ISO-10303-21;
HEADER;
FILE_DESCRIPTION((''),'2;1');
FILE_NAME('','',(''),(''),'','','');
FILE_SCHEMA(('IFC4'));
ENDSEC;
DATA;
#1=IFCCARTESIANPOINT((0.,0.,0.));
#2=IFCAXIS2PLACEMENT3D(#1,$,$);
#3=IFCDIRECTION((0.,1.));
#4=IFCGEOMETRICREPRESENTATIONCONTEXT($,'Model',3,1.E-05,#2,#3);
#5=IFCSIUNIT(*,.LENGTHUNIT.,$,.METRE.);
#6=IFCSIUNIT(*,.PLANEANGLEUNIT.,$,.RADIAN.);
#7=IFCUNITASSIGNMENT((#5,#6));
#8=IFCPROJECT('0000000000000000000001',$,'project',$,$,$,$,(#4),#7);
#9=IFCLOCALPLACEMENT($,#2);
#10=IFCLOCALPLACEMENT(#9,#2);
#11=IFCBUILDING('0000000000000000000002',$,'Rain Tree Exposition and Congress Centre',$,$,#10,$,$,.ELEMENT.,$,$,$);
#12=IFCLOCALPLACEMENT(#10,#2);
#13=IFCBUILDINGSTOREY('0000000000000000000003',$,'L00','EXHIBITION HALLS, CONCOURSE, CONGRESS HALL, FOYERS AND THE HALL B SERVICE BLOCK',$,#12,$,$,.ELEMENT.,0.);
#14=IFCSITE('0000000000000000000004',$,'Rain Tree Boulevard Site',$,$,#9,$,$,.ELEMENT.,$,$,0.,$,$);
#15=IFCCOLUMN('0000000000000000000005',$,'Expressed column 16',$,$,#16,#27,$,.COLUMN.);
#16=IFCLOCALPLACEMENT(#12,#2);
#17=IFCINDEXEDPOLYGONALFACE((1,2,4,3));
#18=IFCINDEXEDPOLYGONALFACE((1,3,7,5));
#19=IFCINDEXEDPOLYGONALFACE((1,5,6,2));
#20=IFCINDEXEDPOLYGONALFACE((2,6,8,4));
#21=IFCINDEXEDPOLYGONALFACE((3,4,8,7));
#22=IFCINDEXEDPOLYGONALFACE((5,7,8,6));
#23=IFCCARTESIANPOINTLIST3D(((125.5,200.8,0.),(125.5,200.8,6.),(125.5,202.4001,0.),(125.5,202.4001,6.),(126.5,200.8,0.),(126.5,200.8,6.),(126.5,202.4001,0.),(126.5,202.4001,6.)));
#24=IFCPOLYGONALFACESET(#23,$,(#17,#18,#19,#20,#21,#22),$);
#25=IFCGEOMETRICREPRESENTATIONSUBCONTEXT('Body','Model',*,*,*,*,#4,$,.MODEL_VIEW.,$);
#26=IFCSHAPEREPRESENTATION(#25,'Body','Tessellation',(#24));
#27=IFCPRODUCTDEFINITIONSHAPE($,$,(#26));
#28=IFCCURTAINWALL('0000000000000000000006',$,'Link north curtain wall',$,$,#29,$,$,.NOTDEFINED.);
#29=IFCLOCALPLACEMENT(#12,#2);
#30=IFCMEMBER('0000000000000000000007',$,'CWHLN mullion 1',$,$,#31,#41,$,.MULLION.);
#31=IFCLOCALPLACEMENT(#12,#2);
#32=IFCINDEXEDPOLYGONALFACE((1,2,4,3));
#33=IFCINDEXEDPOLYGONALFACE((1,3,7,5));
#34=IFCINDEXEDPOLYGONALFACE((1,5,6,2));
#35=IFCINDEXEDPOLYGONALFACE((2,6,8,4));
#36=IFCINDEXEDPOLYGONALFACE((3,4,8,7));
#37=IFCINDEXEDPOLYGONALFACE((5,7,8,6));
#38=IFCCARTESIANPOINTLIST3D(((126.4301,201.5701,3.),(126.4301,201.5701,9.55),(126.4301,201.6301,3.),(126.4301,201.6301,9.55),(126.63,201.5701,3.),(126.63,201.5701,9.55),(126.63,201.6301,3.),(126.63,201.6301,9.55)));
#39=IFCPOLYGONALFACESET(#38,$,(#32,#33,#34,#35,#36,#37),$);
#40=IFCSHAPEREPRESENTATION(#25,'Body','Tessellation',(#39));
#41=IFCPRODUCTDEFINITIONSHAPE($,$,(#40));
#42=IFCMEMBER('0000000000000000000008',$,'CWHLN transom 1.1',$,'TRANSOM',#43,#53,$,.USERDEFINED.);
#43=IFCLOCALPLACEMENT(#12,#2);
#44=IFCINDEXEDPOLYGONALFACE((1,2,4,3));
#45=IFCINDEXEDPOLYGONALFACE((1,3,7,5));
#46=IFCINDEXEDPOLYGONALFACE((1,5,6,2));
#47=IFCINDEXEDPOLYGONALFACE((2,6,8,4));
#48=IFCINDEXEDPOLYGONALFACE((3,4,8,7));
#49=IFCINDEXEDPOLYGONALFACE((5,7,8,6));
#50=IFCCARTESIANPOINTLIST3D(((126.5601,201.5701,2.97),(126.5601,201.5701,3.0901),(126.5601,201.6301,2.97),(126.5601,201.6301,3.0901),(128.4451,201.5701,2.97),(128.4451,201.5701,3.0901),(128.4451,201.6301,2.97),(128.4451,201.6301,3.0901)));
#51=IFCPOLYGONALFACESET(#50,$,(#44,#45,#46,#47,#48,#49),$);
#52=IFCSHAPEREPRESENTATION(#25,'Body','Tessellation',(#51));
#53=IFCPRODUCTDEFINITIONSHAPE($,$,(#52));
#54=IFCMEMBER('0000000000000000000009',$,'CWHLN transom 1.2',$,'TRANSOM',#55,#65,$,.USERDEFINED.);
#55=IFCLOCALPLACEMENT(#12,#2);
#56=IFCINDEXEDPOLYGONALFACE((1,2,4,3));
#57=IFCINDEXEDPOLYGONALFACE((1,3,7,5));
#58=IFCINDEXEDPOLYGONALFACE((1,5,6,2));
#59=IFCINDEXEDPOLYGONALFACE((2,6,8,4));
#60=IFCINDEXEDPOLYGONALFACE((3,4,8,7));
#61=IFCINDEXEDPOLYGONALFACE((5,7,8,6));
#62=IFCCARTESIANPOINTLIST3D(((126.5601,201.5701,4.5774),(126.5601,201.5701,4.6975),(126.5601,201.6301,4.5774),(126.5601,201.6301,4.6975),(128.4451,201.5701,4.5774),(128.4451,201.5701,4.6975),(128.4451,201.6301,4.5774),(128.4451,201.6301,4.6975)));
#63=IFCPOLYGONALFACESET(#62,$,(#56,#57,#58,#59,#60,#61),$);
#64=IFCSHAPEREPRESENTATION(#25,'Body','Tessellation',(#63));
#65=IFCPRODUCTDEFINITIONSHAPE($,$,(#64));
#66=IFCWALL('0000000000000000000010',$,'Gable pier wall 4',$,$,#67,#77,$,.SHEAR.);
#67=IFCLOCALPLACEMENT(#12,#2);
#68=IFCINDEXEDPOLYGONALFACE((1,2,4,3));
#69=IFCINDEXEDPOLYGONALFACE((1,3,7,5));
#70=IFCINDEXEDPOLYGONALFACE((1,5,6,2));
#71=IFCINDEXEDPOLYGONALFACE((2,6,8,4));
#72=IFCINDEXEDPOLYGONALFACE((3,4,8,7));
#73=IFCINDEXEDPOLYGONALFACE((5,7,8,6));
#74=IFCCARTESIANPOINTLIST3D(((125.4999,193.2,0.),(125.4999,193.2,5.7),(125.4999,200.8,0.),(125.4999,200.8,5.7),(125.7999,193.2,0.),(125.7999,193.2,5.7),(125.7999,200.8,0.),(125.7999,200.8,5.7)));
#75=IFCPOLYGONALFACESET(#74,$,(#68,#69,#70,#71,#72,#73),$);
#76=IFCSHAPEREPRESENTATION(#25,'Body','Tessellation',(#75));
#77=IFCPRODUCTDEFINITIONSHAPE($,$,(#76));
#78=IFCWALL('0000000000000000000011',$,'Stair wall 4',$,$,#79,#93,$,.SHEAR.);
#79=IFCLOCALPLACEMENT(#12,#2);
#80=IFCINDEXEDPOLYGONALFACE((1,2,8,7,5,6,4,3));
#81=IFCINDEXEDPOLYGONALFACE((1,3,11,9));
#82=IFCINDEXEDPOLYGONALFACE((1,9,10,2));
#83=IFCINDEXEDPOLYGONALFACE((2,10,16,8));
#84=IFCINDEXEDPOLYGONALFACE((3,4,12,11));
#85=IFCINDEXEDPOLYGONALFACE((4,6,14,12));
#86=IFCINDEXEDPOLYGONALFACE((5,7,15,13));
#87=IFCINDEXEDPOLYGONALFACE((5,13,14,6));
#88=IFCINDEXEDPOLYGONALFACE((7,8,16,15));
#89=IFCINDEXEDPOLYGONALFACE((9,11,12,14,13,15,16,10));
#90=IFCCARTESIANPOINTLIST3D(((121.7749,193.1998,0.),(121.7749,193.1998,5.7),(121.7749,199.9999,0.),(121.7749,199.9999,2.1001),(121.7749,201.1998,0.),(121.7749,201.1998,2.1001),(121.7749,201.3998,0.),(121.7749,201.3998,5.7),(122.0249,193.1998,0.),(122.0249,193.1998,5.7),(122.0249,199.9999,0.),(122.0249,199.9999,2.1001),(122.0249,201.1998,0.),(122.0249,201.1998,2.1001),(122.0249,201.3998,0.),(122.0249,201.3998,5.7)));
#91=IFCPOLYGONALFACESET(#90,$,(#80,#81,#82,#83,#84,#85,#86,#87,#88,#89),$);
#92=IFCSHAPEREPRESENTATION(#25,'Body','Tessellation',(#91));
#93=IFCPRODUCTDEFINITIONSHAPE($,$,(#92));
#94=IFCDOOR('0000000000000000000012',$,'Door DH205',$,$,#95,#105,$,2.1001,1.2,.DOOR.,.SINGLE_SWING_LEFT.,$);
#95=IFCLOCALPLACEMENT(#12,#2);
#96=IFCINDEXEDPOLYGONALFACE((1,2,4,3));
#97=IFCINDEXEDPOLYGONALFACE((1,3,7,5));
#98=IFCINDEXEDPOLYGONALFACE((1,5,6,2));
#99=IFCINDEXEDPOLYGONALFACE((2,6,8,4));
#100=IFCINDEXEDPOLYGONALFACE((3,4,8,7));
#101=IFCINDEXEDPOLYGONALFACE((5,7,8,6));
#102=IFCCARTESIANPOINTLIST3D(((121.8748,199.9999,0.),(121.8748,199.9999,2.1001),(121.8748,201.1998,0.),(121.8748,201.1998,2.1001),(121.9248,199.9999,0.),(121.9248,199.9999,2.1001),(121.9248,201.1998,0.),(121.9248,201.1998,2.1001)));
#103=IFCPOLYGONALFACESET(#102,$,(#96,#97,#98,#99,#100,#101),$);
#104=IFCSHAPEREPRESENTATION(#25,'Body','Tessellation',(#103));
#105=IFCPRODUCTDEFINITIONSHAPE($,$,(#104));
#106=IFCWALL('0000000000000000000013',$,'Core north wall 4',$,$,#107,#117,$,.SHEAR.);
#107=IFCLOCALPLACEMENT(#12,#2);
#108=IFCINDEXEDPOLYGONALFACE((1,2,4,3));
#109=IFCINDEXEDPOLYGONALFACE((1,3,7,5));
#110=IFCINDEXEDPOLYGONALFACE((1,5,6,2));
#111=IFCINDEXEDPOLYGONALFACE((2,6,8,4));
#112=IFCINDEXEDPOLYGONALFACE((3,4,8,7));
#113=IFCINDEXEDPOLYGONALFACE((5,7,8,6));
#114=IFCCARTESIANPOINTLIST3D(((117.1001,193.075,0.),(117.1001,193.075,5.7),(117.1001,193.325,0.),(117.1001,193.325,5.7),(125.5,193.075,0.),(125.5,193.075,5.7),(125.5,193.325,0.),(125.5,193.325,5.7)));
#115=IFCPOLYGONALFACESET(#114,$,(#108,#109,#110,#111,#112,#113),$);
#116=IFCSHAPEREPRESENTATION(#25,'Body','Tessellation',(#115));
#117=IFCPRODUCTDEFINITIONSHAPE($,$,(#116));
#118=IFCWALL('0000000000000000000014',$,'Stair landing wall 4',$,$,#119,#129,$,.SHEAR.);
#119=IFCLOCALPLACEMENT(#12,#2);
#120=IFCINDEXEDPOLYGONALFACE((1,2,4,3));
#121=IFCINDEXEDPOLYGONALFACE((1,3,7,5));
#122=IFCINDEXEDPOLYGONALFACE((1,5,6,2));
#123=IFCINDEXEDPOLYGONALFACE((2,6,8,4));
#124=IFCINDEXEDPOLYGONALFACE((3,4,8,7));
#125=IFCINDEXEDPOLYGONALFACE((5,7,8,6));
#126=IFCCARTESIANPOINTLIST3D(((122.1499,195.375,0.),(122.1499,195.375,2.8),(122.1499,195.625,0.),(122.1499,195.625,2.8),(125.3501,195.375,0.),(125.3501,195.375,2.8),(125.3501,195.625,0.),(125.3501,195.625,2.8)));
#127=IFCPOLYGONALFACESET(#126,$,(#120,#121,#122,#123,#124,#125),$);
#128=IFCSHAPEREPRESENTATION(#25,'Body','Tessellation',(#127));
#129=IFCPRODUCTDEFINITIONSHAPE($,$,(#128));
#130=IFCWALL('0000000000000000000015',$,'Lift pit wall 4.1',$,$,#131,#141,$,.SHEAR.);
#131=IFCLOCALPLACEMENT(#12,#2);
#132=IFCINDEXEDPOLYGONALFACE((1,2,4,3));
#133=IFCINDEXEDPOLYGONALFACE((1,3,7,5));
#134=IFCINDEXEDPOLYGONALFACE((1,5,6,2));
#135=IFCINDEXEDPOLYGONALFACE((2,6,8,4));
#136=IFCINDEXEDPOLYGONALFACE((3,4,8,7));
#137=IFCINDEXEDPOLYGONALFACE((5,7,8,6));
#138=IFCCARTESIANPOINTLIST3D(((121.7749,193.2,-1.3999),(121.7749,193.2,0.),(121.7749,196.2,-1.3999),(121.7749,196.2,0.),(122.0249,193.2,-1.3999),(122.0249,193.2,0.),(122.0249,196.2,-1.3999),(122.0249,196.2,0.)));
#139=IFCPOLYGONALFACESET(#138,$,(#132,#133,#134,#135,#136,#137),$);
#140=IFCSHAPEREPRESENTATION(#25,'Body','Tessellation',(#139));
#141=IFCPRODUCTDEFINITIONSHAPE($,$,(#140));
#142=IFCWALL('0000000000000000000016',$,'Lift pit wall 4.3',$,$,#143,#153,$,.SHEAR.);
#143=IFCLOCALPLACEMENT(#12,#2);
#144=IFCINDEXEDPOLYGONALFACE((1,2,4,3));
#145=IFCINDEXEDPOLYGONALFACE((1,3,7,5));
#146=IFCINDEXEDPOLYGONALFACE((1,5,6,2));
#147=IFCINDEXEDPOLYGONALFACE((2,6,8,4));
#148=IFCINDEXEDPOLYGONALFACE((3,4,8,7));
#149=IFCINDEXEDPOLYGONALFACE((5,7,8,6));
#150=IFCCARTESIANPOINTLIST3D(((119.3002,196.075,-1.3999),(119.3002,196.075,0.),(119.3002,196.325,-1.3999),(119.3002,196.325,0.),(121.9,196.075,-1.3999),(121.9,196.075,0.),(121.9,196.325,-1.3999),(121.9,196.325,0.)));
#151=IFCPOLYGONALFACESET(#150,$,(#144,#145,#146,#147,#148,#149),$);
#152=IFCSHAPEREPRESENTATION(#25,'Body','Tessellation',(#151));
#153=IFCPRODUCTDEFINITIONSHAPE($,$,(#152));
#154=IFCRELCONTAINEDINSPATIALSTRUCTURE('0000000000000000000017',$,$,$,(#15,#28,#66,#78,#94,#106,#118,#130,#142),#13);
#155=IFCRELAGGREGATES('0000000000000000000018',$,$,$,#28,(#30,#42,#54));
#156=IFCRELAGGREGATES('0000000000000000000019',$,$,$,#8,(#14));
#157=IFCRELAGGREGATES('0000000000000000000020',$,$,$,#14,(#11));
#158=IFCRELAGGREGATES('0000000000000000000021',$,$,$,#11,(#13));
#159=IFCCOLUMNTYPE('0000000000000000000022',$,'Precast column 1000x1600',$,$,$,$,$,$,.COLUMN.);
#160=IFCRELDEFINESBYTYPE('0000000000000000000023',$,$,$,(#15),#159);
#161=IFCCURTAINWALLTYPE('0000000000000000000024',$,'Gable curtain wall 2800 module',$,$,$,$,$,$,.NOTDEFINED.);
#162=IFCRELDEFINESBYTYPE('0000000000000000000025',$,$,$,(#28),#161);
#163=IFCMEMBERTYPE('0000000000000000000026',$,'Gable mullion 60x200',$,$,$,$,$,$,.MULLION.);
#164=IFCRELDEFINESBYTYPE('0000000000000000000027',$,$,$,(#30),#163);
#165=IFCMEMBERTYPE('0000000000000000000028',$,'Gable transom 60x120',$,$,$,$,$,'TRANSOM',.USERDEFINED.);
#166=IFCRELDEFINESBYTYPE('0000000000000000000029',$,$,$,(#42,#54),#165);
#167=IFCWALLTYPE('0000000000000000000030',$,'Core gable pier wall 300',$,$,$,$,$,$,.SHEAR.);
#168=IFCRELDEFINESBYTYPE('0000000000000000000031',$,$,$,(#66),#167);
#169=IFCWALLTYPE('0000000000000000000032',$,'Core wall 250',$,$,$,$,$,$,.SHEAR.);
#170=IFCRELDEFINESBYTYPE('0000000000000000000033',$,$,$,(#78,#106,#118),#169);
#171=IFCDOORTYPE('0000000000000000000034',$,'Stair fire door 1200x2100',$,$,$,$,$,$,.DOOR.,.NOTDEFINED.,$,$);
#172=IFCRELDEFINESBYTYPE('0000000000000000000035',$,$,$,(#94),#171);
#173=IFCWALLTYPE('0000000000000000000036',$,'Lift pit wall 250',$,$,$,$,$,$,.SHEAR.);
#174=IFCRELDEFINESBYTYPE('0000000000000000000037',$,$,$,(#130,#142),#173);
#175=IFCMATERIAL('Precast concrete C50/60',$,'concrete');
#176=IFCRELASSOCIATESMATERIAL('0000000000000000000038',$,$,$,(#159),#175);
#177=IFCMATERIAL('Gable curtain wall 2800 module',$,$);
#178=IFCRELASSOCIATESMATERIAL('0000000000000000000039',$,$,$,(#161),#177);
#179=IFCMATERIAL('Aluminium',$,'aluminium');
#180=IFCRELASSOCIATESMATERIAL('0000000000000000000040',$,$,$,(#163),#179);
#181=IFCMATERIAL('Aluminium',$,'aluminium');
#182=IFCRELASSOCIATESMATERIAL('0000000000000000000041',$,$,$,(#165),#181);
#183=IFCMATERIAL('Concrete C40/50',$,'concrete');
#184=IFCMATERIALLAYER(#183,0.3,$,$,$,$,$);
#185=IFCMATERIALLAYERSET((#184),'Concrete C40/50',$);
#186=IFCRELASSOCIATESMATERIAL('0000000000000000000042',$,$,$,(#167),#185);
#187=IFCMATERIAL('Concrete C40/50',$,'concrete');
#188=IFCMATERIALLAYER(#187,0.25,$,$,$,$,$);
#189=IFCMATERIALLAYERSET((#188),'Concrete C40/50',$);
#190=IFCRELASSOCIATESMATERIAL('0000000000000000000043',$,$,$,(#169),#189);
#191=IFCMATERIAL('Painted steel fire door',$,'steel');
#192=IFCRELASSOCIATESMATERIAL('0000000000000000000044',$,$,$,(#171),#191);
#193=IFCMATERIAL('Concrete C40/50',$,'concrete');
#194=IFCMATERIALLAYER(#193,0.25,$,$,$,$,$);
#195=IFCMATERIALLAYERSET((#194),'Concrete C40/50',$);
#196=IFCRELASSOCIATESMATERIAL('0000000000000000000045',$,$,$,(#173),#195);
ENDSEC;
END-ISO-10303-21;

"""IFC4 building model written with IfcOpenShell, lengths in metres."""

from ifc_helpers import new_model, si_unit, direction, frame, frame_2d, origin, origin_2d, place, context, subcontext, project, spatial, rectangle, extrude, material, layer, layer_set, material_profile, profile_set, type_object, element, fill, aggregate, save


model = new_model("IFC4")

# Units and contexts
model_context = context("Model", 3, precision=1e-05, world=origin(), true_north=direction((0.0, 1.0)))
body_context = subcontext(model_context, "Body", "Model", "MODEL_VIEW")
ifc_project = project(units=[si_unit("LENGTHUNIT", "METRE"), si_unit("PLANEANGLEUNIT", "RADIAN")], contexts=[model_context])

# Site, building, storey
site_placement = place(None, origin())
site = spatial("IfcSite", under=ifc_project, at=site_placement, Name="Rain Tree Boulevard Site", CompositionType="ELEMENT", RefElevation=0.0)
building_placement = place(site_placement, origin())
building = spatial("IfcBuilding", under=site, at=building_placement, Name="Rain Tree Exposition and Congress Centre", CompositionType="ELEMENT")
storey_placement = place(building_placement, origin())
storey = spatial("IfcBuildingStorey", under=building, at=storey_placement, Name="L00", Description="EXHIBITION HALLS, CONCOURSE, CONGRESS HALL, FOYERS AND THE HALL B SERVICE BLOCK", CompositionType="ELEMENT", Elevation=0.0)

# Column
ifc_material_1 = material(Name="Precast concrete C50/60", Category="concrete")
ifc_material_profile_1 = material_profile(ifc_material_1, rectangle(XDim=1.0, YDim=1.6001, at=origin_2d()), Name="RC 1000x1600")
ifc_profile_set_1 = profile_set([ifc_material_profile_1], Name="Precast concrete C50/60")
column_type = type_object("IfcColumnType", Name="Precast column 1000x1600", PredefinedType="COLUMN", material=ifc_profile_set_1)
column_placement = place(storey_placement, frame((126.0, 201.6001, 0.0), z_axis=(0.0, 0.0, 1.0), x_axis=(1.0, 0.0, 0.0)))
element("IfcColumn", 1, at=column_placement, inside=storey, type_object=column_type, Name="Expressed column 16", PredefinedType="COLUMN", context=body_context, shape_type="SweptSolid", body=[
    extrude(rectangle(XDim=1.0, YDim=1.6001, at=origin_2d()), origin(), (0.0, 0.0, 1.0), 6.0),
])

# Curtain wall, members
ifc_material_2 = material(Name="Gable curtain wall 2800 module")
curtain_wall_type = type_object("IfcCurtainWallType", Name="Gable curtain wall 2800 module", PredefinedType="NOTDEFINED", material=ifc_material_2)
curtain_wall_placement = place(storey_placement, origin())
curtain_wall = element("IfcCurtainWall", 2, at=curtain_wall_placement, inside=storey, type_object=curtain_wall_type, Name="Link north curtain wall", PredefinedType="NOTDEFINED")
ifc_material_3 = material(Name="Aluminium", Category="aluminium")
ifc_material_profile_2 = material_profile(ifc_material_3, rectangle(XDim=0.0601, YDim=0.2, at=origin_2d()), Name="Aluminium 60x200")
ifc_profile_set_2 = profile_set([ifc_material_profile_2], Name="Aluminium")
member_type_1 = type_object("IfcMemberType", Name="Gable mullion 60x200", PredefinedType="MULLION", material=ifc_profile_set_2)
member_1_placement = place(storey_placement, frame((126.53, 201.6001, 3.0), z_axis=(0.0, 0.0, 1.0), x_axis=(0.0, 1.0, 0.0)))
member_1 = element("IfcMember", 3, at=member_1_placement, type_object=member_type_1, Name="CWHLN mullion 1", PredefinedType="MULLION", context=body_context, shape_type="SweptSolid", body=[
    extrude(rectangle(XDim=0.0601, YDim=0.2, at=origin_2d()), origin(), (0.0, 0.0, 1.0), 6.55),
])
ifc_material_4 = material(Name="Aluminium", Category="aluminium")
ifc_material_profile_3 = material_profile(ifc_material_4, rectangle(XDim=0.0601, YDim=0.1201, at=origin_2d()), Name="Aluminium 60x120")
ifc_profile_set_3 = profile_set([ifc_material_profile_3], Name="Aluminium")
member_type_2 = type_object("IfcMemberType", Name="Gable transom 60x120", ElementType="TRANSOM", PredefinedType="USERDEFINED", material=ifc_profile_set_3)
member_2_placement = place(storey_placement, frame((126.5601, 201.6001, 3.03), z_axis=(1.0, 0.0, 0.0), x_axis=(0.0, 1.0, 0.0)))
member_2 = element("IfcMember", 4, at=member_2_placement, type_object=member_type_2, Name="CWHLN transom 1.1", ObjectType="TRANSOM", PredefinedType="USERDEFINED", context=body_context, shape_type="SweptSolid", body=[
    extrude(rectangle(XDim=0.0601, YDim=0.1201, at=origin_2d()), origin(), (0.0, 0.0, 1.0), 1.885),
])
member_3_placement = place(storey_placement, frame((126.5601, 201.6001, 4.6375), z_axis=(1.0, 0.0, 0.0), x_axis=(0.0, 1.0, 0.0)))
member_3 = element("IfcMember", 5, at=member_3_placement, type_object=member_type_2, Name="CWHLN transom 1.2", ObjectType="TRANSOM", PredefinedType="USERDEFINED", context=body_context, shape_type="SweptSolid", body=[
    extrude(rectangle(XDim=0.0601, YDim=0.1201, at=origin_2d()), origin(), (0.0, 0.0, 1.0), 1.885),
])
aggregate(curtain_wall, [member_1, member_2, member_3])

# Wall
ifc_material_5 = material(Name="Concrete C40/50", Category="concrete")
ifc_layer_1 = layer(ifc_material_5, 0.3)
ifc_layer_set_1 = layer_set([ifc_layer_1], Name="Concrete C40/50")
wall_type_1 = type_object("IfcWallType", Name="Core gable pier wall 300", PredefinedType="SHEAR", material=ifc_layer_set_1)
wall_1_placement = place(storey_placement, frame((125.6499, 200.8, 0.0), z_axis=(0.0, 0.0, 1.0), x_axis=(0.0, -1.0, 0.0)))
element("IfcWall", 6, at=wall_1_placement, inside=storey, type_object=wall_type_1, Name="Gable pier wall 4", PredefinedType="SHEAR", context=body_context, shape_type="SweptSolid", body=[
    extrude(rectangle(XDim=7.6001, YDim=0.3, at=frame_2d((3.8, 0.0))), origin(), (0.0, 0.0, 1.0), 5.7),
])

# Wall, opening, door
ifc_material_6 = material(Name="Concrete C40/50", Category="concrete")
ifc_layer_2 = layer(ifc_material_6, 0.25)
ifc_layer_set_2 = layer_set([ifc_layer_2], Name="Concrete C40/50")
wall_type_2 = type_object("IfcWallType", Name="Core wall 250", PredefinedType="SHEAR", material=ifc_layer_set_2)
wall_2_placement = place(storey_placement, frame((121.8999, 201.3999, 0.0), z_axis=(0.0, 0.0, 1.0), x_axis=(0.0, -1.0, 0.0)))
wall_2 = element("IfcWall", 7, at=wall_2_placement, inside=storey, type_object=wall_type_2, Name="Stair wall 4", PredefinedType="SHEAR", context=body_context, shape_type="SweptSolid", body=[
    extrude(rectangle(XDim=8.2, YDim=0.25, at=frame_2d((4.1001, 0.0))), origin(), (0.0, 0.0, 1.0), 5.7),
])
opening_1_placement = place(wall_2_placement, frame((0.2, 0.0, 0.0)))
opening_1 = element("IfcOpeningElement", 8, at=opening_1_placement, cuts=wall_2, PredefinedType="OPENING", context=body_context, shape_type="SweptSolid", body=[
    extrude(rectangle(XDim=1.2, YDim=2.1001, at=frame_2d((0.6001, 1.05))), frame((0.0, 0.125, 0.0), z_axis=(0.0, -1.0, 0.0), x_axis=(1.0, 0.0, 0.0)), (0.0, 0.0, 1.0), 0.25),
])
ifc_material_7 = material(Name="Painted steel fire door", Category="steel")
door_type_1 = type_object("IfcDoorType", Name="Stair fire door 1200x2100", OperationType="NOTDEFINED", PredefinedType="DOOR", material=ifc_material_7)
door_1_placement = place(opening_1_placement, origin())
door_1 = element("IfcDoor", 9, at=door_1_placement, inside=storey, type_object=door_type_1, Name="Door DH205", OperationType="SINGLE_SWING_LEFT", OverallHeight=2.1001, OverallWidth=1.2, PredefinedType="DOOR", context=body_context, shape_type="SweptSolid", body=[
    extrude(rectangle(XDim=1.2, YDim=2.1001, at=frame_2d((0.6001, 1.05))), frame((0.0, 0.0249, 0.0), z_axis=(0.0, -1.0, 0.0), x_axis=(1.0, 0.0, 0.0)), (0.0, 0.0, 1.0), 0.05),
])
fill(opening_1, door_1)

# Walls
wall_3_placement = place(storey_placement, frame((125.5, 193.2, 0.0), z_axis=(0.0, 0.0, 1.0), x_axis=(-1.0, 0.0, 0.0)))
element("IfcWall", 10, at=wall_3_placement, inside=storey, type_object=wall_type_2, Name="Core north wall 4", PredefinedType="SHEAR", context=body_context, shape_type="SweptSolid", body=[
    extrude(rectangle(XDim=8.3999, YDim=0.25, at=frame_2d((4.2, 0.0))), origin(), (0.0, 0.0, 1.0), 5.7),
])
wall_4_placement = place(storey_placement, frame((125.3501, 195.5, 0.0), z_axis=(0.0, 0.0, 1.0), x_axis=(-1.0, 0.0, 0.0)))
element("IfcWall", 11, at=wall_4_placement, inside=storey, type_object=wall_type_2, Name="Stair landing wall 4", PredefinedType="SHEAR", context=body_context, shape_type="SweptSolid", body=[
    extrude(rectangle(XDim=3.2002, YDim=0.25, at=frame_2d((1.6001, 0.0))), origin(), (0.0, 0.0, 1.0), 2.8),
])
ifc_material_8 = material(Name="Concrete C40/50", Category="concrete")
ifc_layer_3 = layer(ifc_material_8, 0.25)
ifc_layer_set_3 = layer_set([ifc_layer_3], Name="Concrete C40/50")
wall_type_3 = type_object("IfcWallType", Name="Lift pit wall 250", PredefinedType="SHEAR", material=ifc_layer_set_3)
wall_5_placement = place(storey_placement, frame((121.8999, 196.2, -1.3999), z_axis=(0.0, 0.0, 1.0), x_axis=(0.0, -1.0, 0.0)))
element("IfcWall", 12, at=wall_5_placement, inside=storey, type_object=wall_type_3, Name="Lift pit wall 4.1", PredefinedType="SHEAR", context=body_context, shape_type="SweptSolid", body=[
    extrude(rectangle(XDim=3.0, YDim=0.25, at=frame_2d((1.5, 0.0))), origin(), (0.0, 0.0, 1.0), 1.3999),
])
wall_6_placement = place(storey_placement, frame((121.8999, 196.2, -1.3999), z_axis=(0.0, 0.0, 1.0), x_axis=(-1.0, 0.0, 0.0)))
element("IfcWall", 13, at=wall_6_placement, inside=storey, type_object=wall_type_3, Name="Lift pit wall 4.3", PredefinedType="SHEAR", context=body_context, shape_type="SweptSolid", body=[
    extrude(rectangle(XDim=2.5999, YDim=0.25, at=frame_2d((1.2998, 0.0))), origin(), (0.0, 0.0, 1.0), 1.3999),
])

save(model, "model.ifc")
